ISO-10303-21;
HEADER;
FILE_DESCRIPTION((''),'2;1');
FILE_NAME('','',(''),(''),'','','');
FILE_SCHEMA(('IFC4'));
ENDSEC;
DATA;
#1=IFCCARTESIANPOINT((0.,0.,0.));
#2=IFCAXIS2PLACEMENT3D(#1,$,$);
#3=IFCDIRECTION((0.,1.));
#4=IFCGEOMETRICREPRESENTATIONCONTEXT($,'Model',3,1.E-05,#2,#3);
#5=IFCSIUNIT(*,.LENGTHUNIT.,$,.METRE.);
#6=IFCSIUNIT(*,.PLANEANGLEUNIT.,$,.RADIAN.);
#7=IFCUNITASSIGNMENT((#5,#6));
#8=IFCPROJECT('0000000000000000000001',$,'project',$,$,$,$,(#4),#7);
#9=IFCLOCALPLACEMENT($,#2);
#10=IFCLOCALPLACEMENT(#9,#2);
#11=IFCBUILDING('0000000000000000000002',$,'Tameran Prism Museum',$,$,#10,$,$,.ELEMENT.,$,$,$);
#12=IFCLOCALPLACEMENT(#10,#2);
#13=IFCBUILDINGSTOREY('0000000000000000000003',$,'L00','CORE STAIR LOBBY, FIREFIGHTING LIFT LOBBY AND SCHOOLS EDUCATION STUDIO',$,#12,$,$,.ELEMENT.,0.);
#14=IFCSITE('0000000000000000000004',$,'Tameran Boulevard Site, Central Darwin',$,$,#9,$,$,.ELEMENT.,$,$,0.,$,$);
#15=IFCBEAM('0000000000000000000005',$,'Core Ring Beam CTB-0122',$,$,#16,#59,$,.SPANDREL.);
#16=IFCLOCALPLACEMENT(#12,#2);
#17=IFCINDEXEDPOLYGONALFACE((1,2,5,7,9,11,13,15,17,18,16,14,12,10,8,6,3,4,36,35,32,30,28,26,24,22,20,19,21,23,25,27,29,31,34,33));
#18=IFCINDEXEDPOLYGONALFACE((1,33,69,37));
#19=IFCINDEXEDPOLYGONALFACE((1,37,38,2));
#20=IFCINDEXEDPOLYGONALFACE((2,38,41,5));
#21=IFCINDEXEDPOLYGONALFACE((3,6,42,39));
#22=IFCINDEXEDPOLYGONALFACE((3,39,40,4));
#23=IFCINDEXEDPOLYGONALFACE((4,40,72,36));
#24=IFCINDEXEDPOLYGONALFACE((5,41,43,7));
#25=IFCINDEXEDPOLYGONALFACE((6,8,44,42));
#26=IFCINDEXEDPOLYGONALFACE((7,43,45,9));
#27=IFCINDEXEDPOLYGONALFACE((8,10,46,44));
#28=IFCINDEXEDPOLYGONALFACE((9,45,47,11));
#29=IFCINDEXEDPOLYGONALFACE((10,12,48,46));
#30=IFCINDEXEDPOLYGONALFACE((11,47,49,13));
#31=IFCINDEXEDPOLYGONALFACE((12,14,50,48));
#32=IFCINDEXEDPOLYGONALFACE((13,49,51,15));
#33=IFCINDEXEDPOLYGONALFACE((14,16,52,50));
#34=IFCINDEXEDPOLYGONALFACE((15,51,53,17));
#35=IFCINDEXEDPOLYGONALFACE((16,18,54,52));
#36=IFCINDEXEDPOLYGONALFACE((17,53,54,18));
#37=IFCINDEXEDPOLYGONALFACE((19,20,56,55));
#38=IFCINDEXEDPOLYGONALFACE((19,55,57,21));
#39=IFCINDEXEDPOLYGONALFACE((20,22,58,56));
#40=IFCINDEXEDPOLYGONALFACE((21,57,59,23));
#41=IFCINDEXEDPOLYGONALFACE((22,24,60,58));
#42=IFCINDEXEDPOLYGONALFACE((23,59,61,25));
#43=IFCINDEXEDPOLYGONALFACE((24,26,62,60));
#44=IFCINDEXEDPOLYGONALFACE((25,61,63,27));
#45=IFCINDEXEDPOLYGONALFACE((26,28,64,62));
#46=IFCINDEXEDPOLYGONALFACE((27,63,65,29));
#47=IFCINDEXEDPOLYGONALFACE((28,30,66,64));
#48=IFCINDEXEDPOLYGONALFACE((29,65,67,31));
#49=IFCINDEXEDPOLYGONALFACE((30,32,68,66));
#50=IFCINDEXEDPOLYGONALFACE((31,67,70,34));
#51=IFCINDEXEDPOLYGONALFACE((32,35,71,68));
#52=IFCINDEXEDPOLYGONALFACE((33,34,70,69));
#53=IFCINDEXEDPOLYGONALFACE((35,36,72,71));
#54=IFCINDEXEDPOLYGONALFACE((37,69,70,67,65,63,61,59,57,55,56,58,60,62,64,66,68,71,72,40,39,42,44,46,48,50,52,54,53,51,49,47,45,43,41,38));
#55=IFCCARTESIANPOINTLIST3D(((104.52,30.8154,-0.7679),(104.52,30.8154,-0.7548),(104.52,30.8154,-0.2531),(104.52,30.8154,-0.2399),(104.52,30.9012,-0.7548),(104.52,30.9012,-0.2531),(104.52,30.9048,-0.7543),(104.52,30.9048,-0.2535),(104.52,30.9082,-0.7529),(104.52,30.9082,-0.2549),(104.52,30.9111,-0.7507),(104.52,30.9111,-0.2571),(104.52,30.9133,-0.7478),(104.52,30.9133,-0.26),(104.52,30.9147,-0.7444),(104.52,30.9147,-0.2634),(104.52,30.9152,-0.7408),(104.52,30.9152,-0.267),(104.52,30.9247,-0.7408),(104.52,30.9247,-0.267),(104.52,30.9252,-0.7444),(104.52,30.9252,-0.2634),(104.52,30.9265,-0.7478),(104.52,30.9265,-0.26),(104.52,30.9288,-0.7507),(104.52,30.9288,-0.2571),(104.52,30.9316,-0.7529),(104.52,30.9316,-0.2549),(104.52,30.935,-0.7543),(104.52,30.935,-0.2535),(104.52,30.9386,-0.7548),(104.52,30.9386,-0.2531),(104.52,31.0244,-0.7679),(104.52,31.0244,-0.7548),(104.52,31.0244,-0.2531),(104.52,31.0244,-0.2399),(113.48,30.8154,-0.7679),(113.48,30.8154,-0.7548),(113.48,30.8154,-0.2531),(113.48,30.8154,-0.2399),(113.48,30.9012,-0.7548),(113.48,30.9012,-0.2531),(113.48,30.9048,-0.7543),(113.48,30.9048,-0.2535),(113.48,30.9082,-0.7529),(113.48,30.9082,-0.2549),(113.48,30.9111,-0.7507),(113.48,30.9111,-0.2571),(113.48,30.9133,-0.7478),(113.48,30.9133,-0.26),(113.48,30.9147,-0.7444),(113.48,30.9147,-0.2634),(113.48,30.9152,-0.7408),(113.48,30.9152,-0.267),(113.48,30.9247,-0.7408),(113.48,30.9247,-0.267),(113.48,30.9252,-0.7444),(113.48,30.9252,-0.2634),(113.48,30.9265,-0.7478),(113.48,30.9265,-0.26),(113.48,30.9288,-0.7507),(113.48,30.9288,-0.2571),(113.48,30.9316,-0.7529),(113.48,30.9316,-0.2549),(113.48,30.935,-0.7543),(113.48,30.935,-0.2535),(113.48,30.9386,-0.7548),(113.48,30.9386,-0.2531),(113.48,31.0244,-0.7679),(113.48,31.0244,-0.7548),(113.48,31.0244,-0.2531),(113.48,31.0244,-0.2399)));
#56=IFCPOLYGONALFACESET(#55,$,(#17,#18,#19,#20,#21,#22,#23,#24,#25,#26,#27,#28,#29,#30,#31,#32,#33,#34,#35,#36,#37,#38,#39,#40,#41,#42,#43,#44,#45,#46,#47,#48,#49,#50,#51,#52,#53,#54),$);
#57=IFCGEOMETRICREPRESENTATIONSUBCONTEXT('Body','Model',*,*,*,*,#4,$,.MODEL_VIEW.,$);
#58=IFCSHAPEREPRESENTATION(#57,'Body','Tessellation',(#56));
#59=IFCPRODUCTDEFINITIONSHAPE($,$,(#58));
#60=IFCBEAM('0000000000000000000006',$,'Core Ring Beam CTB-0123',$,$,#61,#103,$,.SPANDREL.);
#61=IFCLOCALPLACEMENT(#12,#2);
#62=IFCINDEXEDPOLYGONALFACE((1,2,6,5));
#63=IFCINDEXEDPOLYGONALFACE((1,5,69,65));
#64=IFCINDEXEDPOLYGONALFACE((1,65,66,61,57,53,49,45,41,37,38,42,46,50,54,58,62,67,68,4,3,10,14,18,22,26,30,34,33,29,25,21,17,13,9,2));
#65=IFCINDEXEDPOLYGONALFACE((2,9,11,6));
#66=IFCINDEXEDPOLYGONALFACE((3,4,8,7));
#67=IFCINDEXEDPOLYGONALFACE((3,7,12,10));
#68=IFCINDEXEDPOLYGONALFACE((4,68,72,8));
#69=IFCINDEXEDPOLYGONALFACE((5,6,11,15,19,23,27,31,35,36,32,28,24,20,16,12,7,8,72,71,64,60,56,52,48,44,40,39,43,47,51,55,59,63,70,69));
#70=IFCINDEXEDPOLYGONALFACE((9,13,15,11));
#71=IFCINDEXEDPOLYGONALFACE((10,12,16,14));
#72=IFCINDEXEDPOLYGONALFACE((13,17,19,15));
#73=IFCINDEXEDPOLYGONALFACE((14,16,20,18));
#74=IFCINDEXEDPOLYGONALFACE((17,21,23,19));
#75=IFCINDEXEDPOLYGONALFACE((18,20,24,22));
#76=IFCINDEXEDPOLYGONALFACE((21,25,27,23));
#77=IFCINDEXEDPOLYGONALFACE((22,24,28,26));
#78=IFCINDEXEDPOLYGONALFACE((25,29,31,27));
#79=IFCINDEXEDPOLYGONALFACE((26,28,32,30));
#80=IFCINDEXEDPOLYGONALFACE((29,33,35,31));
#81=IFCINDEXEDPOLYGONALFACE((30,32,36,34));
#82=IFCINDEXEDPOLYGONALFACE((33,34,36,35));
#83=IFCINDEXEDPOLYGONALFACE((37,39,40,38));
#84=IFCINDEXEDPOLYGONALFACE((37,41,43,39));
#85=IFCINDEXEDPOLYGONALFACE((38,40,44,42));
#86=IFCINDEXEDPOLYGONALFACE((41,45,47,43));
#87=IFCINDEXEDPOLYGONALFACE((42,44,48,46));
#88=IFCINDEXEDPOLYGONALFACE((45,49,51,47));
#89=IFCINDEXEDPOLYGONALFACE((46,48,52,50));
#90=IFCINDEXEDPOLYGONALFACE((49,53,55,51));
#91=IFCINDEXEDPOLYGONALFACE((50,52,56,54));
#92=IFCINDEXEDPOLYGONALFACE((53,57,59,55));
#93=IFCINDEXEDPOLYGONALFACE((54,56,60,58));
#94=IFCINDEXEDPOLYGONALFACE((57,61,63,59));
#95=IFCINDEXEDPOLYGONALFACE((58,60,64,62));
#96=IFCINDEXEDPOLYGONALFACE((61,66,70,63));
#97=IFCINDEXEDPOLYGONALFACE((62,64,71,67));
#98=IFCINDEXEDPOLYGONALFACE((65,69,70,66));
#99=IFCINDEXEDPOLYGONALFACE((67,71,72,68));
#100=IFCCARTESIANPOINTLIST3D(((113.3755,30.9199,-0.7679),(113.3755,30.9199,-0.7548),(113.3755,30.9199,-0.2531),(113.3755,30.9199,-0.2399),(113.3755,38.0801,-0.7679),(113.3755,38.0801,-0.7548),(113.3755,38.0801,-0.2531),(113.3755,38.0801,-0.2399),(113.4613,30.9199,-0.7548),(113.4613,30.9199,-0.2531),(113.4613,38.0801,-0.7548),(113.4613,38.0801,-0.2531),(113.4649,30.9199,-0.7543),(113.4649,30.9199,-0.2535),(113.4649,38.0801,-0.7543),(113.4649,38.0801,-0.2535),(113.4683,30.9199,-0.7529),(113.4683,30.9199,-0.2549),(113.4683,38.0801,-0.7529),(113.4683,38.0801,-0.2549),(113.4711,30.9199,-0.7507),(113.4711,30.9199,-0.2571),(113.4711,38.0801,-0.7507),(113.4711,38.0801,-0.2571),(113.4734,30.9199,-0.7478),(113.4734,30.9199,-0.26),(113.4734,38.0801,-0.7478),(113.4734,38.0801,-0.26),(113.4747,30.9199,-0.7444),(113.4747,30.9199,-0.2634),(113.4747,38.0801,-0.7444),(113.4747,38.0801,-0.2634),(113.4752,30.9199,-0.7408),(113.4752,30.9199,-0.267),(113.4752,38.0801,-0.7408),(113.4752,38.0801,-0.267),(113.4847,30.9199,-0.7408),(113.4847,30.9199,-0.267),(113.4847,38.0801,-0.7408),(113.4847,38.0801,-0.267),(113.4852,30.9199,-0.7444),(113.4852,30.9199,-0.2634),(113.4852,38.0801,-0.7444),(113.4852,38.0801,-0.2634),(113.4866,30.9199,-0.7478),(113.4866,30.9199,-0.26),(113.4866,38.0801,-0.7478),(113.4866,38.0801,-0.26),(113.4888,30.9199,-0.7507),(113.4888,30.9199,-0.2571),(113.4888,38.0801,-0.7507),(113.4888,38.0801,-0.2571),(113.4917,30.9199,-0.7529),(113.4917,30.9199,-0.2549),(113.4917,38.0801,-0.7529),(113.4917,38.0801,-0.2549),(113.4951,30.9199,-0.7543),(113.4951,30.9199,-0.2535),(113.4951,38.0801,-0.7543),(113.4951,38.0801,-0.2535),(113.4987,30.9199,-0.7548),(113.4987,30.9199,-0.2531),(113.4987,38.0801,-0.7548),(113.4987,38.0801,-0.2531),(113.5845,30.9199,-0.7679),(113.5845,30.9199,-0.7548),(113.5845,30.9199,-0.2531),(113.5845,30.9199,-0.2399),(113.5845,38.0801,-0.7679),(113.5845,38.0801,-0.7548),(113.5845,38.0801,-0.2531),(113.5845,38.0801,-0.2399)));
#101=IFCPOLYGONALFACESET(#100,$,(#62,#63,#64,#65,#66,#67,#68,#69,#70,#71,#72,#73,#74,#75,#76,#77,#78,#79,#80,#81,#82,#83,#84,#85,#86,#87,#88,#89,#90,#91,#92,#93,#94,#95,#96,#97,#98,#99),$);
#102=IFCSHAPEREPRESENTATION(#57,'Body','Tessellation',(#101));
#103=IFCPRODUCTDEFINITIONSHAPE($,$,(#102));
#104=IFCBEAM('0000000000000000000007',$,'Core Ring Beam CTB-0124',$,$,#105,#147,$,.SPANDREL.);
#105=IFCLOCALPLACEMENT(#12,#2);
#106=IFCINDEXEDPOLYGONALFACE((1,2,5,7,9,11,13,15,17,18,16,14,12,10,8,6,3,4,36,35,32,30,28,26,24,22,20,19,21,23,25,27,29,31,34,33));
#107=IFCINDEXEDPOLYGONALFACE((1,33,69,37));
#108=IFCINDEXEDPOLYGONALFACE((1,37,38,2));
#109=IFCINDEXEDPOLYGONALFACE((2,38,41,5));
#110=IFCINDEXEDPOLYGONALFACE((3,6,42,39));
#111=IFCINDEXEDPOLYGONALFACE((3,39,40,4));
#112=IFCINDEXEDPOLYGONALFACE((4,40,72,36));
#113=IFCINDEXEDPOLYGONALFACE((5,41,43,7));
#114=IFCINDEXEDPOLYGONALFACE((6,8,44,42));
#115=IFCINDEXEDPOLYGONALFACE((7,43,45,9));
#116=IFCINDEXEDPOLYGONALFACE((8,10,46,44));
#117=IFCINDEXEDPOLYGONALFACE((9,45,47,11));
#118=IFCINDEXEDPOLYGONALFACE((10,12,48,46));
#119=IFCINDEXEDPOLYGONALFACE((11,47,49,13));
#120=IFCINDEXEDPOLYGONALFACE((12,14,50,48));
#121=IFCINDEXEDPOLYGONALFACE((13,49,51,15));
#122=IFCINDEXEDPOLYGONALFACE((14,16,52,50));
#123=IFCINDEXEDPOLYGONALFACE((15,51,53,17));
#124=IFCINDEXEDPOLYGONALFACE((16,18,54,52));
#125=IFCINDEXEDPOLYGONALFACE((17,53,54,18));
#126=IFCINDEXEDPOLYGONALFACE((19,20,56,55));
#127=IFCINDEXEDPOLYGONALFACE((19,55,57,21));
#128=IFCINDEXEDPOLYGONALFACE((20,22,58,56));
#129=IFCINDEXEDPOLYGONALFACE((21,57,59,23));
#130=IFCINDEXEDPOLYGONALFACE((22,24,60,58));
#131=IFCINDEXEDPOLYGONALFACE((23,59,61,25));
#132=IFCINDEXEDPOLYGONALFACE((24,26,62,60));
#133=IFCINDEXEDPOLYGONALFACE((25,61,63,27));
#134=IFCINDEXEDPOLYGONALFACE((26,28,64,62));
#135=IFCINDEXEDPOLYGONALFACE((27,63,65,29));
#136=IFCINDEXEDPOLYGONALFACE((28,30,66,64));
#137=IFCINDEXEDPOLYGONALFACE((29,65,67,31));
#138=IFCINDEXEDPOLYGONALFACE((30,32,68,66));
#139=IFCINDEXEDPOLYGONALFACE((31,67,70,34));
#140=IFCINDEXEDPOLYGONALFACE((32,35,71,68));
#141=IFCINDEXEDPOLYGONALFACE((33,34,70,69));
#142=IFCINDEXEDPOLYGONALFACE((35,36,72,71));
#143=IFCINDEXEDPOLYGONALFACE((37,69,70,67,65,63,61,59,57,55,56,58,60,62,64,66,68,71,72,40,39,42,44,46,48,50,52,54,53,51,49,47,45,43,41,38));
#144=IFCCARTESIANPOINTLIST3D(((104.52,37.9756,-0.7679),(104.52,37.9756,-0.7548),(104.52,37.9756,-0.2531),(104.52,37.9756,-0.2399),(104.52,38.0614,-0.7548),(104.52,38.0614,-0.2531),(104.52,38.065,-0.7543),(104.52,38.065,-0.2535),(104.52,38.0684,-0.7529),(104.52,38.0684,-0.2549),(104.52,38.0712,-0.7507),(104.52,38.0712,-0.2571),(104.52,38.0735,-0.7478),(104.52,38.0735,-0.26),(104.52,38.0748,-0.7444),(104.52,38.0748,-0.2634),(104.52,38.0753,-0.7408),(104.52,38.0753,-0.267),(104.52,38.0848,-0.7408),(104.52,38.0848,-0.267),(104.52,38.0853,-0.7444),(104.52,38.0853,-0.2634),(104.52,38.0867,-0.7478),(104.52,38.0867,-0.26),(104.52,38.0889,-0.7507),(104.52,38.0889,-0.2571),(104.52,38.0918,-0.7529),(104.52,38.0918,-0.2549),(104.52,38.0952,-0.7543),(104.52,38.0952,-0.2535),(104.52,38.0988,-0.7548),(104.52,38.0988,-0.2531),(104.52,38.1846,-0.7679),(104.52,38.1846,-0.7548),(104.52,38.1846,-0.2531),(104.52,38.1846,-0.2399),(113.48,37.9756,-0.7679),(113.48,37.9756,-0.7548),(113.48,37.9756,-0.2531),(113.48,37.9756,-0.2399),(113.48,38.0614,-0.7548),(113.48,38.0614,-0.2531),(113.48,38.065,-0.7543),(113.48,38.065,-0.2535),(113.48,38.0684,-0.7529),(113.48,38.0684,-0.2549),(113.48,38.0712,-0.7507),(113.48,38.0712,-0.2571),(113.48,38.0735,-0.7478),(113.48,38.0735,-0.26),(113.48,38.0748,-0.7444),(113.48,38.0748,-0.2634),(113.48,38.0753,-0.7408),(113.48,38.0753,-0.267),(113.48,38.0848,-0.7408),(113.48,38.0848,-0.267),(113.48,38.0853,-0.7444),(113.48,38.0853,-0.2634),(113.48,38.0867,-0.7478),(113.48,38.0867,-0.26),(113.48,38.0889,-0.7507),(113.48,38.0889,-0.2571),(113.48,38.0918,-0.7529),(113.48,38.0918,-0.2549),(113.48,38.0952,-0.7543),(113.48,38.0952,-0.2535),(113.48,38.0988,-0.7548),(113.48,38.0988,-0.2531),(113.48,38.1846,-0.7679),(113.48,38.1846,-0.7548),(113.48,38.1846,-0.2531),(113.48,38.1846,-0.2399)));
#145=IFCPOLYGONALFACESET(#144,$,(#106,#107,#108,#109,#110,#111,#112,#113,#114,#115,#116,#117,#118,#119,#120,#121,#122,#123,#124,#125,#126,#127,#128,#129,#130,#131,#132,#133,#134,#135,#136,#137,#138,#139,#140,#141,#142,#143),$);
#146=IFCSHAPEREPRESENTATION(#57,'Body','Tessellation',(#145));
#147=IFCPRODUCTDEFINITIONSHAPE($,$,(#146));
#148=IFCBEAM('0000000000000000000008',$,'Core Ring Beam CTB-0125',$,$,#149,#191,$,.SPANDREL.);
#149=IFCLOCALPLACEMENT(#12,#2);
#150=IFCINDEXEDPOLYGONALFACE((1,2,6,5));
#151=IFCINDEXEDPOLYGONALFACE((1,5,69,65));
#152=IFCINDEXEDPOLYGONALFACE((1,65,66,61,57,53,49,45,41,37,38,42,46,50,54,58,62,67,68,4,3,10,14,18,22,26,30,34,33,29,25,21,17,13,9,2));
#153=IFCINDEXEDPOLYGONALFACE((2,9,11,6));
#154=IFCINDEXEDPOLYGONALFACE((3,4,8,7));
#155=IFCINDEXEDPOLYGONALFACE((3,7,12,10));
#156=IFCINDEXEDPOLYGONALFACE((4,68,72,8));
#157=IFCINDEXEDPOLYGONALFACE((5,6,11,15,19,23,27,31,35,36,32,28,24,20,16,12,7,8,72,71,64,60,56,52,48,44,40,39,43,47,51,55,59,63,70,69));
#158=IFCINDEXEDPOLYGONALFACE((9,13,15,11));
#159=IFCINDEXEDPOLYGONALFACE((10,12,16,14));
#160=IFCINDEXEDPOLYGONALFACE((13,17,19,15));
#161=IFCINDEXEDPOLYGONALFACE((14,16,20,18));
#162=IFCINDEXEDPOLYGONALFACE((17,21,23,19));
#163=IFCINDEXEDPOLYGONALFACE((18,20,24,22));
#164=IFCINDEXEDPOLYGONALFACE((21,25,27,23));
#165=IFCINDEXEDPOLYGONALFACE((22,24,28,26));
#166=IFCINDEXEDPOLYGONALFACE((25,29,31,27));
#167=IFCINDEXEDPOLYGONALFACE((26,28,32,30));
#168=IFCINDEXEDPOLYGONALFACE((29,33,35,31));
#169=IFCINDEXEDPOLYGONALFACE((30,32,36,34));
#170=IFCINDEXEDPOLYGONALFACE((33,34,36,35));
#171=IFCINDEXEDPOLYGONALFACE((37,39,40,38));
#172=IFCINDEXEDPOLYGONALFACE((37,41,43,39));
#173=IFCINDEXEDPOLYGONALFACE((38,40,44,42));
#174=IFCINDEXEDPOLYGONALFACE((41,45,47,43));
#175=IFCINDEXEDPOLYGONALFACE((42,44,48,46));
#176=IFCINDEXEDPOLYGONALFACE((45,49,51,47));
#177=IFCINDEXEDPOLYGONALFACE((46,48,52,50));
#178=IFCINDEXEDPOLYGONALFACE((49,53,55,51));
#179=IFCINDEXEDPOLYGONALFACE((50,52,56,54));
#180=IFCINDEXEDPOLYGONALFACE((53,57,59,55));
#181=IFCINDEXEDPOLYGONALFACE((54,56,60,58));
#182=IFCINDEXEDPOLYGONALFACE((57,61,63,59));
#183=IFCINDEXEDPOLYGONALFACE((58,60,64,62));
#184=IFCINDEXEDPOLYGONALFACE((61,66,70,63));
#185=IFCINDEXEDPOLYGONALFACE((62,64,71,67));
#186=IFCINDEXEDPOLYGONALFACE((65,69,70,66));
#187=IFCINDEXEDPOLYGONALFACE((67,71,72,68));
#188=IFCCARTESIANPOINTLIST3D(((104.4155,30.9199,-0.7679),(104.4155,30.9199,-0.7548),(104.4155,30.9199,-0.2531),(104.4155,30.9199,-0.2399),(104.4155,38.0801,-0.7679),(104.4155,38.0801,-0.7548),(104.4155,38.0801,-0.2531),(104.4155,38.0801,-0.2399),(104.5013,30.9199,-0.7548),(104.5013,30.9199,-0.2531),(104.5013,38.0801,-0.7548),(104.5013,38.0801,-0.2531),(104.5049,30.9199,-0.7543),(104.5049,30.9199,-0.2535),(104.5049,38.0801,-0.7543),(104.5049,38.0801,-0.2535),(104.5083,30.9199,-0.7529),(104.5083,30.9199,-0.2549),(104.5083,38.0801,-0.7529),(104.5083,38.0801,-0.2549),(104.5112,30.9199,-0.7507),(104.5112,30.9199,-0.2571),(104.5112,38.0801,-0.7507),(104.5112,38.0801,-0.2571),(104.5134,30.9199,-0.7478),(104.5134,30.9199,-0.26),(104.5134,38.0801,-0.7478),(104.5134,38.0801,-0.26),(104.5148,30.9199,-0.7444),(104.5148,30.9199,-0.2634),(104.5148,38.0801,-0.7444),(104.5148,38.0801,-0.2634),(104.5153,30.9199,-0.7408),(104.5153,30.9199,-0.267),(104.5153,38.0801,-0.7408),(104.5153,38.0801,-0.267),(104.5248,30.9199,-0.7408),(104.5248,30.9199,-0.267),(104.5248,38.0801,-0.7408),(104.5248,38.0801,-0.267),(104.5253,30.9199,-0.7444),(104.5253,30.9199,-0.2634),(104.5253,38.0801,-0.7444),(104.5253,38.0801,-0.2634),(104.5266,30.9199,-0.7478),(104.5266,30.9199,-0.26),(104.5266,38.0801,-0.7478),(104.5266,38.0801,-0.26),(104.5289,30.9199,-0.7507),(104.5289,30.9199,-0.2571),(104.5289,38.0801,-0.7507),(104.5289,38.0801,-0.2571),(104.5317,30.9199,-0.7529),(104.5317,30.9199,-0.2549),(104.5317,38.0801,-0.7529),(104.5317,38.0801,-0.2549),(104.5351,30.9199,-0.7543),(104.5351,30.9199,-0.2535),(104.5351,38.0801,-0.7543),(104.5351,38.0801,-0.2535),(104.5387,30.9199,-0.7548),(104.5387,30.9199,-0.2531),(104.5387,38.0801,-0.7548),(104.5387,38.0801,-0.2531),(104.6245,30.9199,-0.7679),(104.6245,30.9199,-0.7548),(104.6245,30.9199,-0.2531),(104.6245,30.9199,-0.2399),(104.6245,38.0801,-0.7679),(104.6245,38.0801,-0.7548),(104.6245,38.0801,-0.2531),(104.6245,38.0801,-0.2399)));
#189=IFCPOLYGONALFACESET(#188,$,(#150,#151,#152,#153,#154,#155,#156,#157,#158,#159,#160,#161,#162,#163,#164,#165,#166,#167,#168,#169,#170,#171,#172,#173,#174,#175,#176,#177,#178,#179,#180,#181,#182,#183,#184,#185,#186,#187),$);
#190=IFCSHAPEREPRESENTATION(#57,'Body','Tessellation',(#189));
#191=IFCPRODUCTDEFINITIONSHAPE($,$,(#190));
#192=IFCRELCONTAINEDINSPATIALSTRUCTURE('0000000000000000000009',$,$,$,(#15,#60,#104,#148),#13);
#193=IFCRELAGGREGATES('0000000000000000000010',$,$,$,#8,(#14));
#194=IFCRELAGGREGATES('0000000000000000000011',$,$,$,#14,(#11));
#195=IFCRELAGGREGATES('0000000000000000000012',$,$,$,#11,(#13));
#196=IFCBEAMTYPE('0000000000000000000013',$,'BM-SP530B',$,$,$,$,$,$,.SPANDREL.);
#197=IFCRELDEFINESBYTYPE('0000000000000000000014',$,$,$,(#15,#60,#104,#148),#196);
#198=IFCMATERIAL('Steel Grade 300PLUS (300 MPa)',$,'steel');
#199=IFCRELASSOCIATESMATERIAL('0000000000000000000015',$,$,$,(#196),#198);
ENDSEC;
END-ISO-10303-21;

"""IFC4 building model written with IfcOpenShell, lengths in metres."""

from ifc_helpers import new_model, si_unit, direction, frame, origin, origin_2d, place, context, subcontext, project, spatial, i_section, extrude, material, material_profile, profile_set, type_object, element, save


model = new_model("IFC4")

# Units and contexts
model_context = context("Model", 3, precision=1e-05, world=origin(), true_north=direction((0.0, 1.0)))
body_context = subcontext(model_context, "Body", "Model", "MODEL_VIEW")
ifc_project = project(units=[si_unit("LENGTHUNIT", "METRE"), si_unit("PLANEANGLEUNIT", "RADIAN")], contexts=[model_context])

# Site, building, storey
site_placement = place(None, origin())
site = spatial("IfcSite", under=ifc_project, at=site_placement, Name="Tameran Boulevard Site, Central Darwin", CompositionType="ELEMENT", RefElevation=0.0)
building_placement = place(site_placement, origin())
building = spatial("IfcBuilding", under=site, at=building_placement, Name="Tameran Prism Museum", CompositionType="ELEMENT")
storey_placement = place(building_placement, origin())
storey = spatial("IfcBuildingStorey", under=building, at=storey_placement, Name="L00", Description="CORE STAIR LOBBY, FIREFIGHTING LIFT LOBBY AND SCHOOLS EDUCATION STUDIO", CompositionType="ELEMENT", Elevation=0.0)

# Beams
ifc_material_1 = material(Name="Steel Grade 300PLUS (300 MPa)", Category="steel")
ifc_material_profile_1 = material_profile(ifc_material_1, i_section(OverallWidth=0.209, OverallDepth=0.5281, WebThickness=0.0095, FlangeThickness=0.0132, FilletRadius=0.0139, at=origin_2d()))
ifc_profile_set_1 = profile_set([ifc_material_profile_1])
beam_type_1 = type_object("IfcBeamType", Name="BM-SP530B", PredefinedType="SPANDREL", material=ifc_profile_set_1)
beam_1_placement = place(storey_placement, frame((104.52, 30.9199, -0.5039), z_axis=(1.0, 0.0, 0.0), x_axis=(0.0, 1.0, 0.0)))
element("IfcBeam", 1, at=beam_1_placement, inside=storey, type_object=beam_type_1, Name="Core Ring Beam CTB-0122", PredefinedType="SPANDREL", context=body_context, shape_type="SweptSolid", body=[
    extrude(i_section(OverallWidth=0.209, OverallDepth=0.5281, WebThickness=0.0095, FlangeThickness=0.0132, FilletRadius=0.0139, at=origin_2d()), origin(), (0.0, 0.0, 1.0), 8.96),
])
beam_2_placement = place(storey_placement, frame((113.48, 30.9199, -0.5039), z_axis=(0.0, 1.0, 0.0), x_axis=(-1.0, 0.0, 0.0)))
element("IfcBeam", 2, at=beam_2_placement, inside=storey, type_object=beam_type_1, Name="Core Ring Beam CTB-0123", PredefinedType="SPANDREL", context=body_context, shape_type="SweptSolid", body=[
    extrude(i_section(OverallWidth=0.209, OverallDepth=0.5281, WebThickness=0.0095, FlangeThickness=0.0132, FilletRadius=0.0139, at=origin_2d()), origin(), (0.0, 0.0, 1.0), 7.1602),
])
beam_3_placement = place(storey_placement, frame((113.48, 38.0801, -0.5039), z_axis=(-1.0, 0.0, 0.0), x_axis=(0.0, -1.0, 0.0)))
element("IfcBeam", 3, at=beam_3_placement, inside=storey, type_object=beam_type_1, Name="Core Ring Beam CTB-0124", PredefinedType="SPANDREL", context=body_context, shape_type="SweptSolid", body=[
    extrude(i_section(OverallWidth=0.209, OverallDepth=0.5281, WebThickness=0.0095, FlangeThickness=0.0132, FilletRadius=0.0139, at=origin_2d()), origin(), (0.0, 0.0, 1.0), 8.96),
])
beam_4_placement = place(storey_placement, frame((104.52, 38.0801, -0.5039), z_axis=(0.0, -1.0, 0.0), x_axis=(1.0, 0.0, 0.0)))
element("IfcBeam", 4, at=beam_4_placement, inside=storey, type_object=beam_type_1, Name="Core Ring Beam CTB-0125", PredefinedType="SPANDREL", context=body_context, shape_type="SweptSolid", body=[
    extrude(i_section(OverallWidth=0.209, OverallDepth=0.5281, WebThickness=0.0095, FlangeThickness=0.0132, FilletRadius=0.0139, at=origin_2d()), origin(), (0.0, 0.0, 1.0), 7.1602),
])

save(model, "model.ifc")
